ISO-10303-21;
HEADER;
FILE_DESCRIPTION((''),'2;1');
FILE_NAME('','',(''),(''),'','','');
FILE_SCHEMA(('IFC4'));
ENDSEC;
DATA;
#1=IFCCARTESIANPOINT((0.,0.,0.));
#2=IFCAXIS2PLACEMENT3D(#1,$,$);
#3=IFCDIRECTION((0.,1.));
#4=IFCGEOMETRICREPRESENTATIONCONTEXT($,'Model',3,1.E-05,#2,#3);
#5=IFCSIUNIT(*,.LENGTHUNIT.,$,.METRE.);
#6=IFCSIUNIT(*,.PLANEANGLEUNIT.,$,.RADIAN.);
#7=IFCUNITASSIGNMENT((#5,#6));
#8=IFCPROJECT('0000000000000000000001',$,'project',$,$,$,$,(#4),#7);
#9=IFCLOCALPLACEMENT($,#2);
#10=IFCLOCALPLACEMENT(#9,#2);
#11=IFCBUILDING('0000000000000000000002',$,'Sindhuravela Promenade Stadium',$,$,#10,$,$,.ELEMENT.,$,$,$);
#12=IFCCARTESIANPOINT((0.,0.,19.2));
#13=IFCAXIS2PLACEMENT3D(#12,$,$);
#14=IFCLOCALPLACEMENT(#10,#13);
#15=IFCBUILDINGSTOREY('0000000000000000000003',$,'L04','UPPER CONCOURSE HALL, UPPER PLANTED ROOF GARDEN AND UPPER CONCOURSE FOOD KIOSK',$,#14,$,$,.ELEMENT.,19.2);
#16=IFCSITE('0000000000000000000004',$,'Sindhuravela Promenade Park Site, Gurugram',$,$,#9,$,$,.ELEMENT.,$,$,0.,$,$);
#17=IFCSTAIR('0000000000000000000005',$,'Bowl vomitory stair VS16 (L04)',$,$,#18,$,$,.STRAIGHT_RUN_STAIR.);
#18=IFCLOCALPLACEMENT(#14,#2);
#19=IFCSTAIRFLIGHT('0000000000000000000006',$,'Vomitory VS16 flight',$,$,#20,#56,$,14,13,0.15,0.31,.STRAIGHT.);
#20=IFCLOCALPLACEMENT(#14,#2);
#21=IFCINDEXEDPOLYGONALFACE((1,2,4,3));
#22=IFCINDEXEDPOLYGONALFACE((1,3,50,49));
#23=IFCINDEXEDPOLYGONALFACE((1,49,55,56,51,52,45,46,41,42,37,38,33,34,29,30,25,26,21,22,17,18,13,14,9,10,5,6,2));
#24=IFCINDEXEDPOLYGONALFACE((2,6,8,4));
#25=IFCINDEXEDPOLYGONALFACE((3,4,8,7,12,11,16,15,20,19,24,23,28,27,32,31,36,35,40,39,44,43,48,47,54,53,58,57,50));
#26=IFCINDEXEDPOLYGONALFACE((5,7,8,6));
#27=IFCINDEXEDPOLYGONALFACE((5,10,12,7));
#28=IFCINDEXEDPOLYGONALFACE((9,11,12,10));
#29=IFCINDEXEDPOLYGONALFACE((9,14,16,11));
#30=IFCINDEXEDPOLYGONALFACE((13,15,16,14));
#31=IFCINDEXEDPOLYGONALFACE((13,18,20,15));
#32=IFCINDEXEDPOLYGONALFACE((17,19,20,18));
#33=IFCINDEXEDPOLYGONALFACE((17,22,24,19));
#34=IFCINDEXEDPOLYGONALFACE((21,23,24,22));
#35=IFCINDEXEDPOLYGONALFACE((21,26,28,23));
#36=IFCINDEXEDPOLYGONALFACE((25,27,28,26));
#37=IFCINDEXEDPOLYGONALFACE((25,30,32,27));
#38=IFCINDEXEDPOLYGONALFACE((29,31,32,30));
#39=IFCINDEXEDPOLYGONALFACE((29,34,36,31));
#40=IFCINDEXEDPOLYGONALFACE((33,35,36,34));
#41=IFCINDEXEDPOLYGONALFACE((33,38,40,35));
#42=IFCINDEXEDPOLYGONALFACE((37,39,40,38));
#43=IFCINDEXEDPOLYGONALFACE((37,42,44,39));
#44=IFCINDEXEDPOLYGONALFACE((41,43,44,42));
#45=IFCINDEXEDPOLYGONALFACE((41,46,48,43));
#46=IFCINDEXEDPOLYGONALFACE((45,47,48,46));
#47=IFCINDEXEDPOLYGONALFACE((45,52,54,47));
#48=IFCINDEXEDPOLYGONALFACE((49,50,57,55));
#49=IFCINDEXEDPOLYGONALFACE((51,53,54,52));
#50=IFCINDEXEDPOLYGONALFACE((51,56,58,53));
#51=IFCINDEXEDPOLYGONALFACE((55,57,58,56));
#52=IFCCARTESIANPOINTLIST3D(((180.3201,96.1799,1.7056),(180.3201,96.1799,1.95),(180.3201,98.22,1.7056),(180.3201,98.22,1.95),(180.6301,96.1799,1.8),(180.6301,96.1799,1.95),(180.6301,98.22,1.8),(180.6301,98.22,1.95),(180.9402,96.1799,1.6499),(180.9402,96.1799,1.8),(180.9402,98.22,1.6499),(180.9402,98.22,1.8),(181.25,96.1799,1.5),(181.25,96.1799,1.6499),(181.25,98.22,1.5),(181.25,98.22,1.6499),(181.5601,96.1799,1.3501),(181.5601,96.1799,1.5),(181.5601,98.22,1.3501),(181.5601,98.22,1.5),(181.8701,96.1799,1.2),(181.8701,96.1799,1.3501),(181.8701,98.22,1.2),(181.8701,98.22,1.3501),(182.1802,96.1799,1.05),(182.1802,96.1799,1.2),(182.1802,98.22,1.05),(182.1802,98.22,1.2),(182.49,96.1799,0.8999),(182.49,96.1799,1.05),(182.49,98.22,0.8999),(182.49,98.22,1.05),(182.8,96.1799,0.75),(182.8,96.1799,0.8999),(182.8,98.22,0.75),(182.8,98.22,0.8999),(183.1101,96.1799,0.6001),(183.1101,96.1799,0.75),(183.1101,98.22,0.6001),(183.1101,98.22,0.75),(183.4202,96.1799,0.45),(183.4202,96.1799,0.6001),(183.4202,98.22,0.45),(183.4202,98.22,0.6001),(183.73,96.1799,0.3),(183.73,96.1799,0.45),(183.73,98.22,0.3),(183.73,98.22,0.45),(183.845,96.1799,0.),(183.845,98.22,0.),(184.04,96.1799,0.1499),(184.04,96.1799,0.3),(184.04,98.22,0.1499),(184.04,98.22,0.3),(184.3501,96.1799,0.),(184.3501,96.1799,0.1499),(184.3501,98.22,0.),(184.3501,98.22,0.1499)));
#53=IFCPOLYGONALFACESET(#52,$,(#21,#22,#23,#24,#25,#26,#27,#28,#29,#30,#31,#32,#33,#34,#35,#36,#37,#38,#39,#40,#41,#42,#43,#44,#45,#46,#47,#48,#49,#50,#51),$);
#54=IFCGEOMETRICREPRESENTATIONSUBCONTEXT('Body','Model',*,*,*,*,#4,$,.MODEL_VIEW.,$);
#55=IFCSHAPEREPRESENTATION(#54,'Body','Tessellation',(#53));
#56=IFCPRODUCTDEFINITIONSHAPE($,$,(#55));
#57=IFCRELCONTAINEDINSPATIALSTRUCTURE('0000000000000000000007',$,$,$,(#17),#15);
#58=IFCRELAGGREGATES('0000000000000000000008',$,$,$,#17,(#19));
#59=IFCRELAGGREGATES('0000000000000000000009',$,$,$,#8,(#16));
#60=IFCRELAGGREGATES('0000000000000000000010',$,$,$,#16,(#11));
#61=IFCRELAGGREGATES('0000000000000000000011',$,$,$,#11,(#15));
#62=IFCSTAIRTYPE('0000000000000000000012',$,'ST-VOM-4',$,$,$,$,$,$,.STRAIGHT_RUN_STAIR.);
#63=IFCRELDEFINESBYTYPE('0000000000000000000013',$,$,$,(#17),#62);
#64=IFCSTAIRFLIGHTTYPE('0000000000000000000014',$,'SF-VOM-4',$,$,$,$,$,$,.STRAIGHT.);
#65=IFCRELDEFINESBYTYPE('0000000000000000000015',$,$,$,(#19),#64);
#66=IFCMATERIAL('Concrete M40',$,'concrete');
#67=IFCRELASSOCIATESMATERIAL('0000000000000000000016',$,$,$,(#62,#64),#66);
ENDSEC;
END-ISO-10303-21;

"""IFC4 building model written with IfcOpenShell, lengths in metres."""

from ifc_helpers import new_model, si_unit, direction, frame, origin, place, context, subcontext, project, spatial, polyline, outline, extrude, material, type_object, element, aggregate, save


model = new_model("IFC4")

# Units and contexts
model_context = context("Model", 3, precision=1e-05, world=origin(), true_north=direction((0.0, 1.0)))
body_context = subcontext(model_context, "Body", "Model", "MODEL_VIEW")
ifc_project = project(units=[si_unit("LENGTHUNIT", "METRE"), si_unit("PLANEANGLEUNIT", "RADIAN")], contexts=[model_context])

# Site, building, storey
site_placement = place(None, origin())
site = spatial("IfcSite", under=ifc_project, at=site_placement, Name="Sindhuravela Promenade Park Site, Gurugram", CompositionType="ELEMENT", RefElevation=0.0)
building_placement = place(site_placement, origin())
building = spatial("IfcBuilding", under=site, at=building_placement, Name="Sindhuravela Promenade Stadium", CompositionType="ELEMENT")
storey_placement = place(building_placement, frame((0.0, 0.0, 19.2)))
storey = spatial("IfcBuildingStorey", under=building, at=storey_placement, Name="L04", Description="UPPER CONCOURSE HALL, UPPER PLANTED ROOF GARDEN AND UPPER CONCOURSE FOOD KIOSK", CompositionType="ELEMENT", Elevation=19.2)

# Shared definitions
ifc_material_1 = material(Name="Concrete M40", Category="concrete")

# Stair, stair flight
stair_type = type_object("IfcStairType", Name="ST-VOM-4", PredefinedType="STRAIGHT_RUN_STAIR", material=ifc_material_1)
stair_placement = place(storey_placement, origin())
stair = element("IfcStair", 1, at=stair_placement, inside=storey, type_object=stair_type, Name="Bowl vomitory stair VS16 (L04)", PredefinedType="STRAIGHT_RUN_STAIR")
stair_flight_type = type_object("IfcStairFlightType", Name="SF-VOM-4", PredefinedType="STRAIGHT", material=ifc_material_1)
stair_flight_placement = place(storey_placement, frame((184.3501, 97.2, 0.0), z_axis=(0.0, 0.0, 1.0), x_axis=(-1.0, 0.0, 0.0)))
stair_flight = element("IfcStairFlight", 2, at=stair_flight_placement, type_object=stair_flight_type, Name="Vomitory VS16 flight", NumberOfRisers=14, NumberOfTreads=13, PredefinedType="STRAIGHT", RiserHeight=0.15, TreadLength=0.31, context=body_context, shape_type="SweptSolid", body=[
    extrude(outline(polyline([(0.0, 0.0), (0.0, 0.1499), (0.3101, 0.1499), (0.3101, 0.3), (0.6201, 0.3), (0.6201, 0.45), (0.9299, 0.45), (0.9299, 0.6001), (1.24, 0.6001), (1.24, 0.75), (1.55, 0.75), (1.55, 0.8999), (1.8601, 0.8999), (1.8601, 1.05), (2.1699, 1.05), (2.1699, 1.2), (2.48, 1.2), (2.48, 1.3501), (2.79, 1.3501), (2.79, 1.5), (3.1001, 1.5), (3.1001, 1.6499), (3.4099, 1.6499), (3.4099, 1.8), (3.72, 1.8), (3.72, 1.95), (4.03, 1.95), (4.03, 2.1001), (4.03, 1.7056), (0.5051, 0.0), (0.0, 0.0)])), frame((0.0, 1.02, 0.0), z_axis=(0.0, -1.0, 0.0), x_axis=(1.0, 0.0, 0.0)), (0.0, 0.0, 1.0), 2.04),
])
aggregate(stair, [stair_flight])

save(model, "model.ifc")
